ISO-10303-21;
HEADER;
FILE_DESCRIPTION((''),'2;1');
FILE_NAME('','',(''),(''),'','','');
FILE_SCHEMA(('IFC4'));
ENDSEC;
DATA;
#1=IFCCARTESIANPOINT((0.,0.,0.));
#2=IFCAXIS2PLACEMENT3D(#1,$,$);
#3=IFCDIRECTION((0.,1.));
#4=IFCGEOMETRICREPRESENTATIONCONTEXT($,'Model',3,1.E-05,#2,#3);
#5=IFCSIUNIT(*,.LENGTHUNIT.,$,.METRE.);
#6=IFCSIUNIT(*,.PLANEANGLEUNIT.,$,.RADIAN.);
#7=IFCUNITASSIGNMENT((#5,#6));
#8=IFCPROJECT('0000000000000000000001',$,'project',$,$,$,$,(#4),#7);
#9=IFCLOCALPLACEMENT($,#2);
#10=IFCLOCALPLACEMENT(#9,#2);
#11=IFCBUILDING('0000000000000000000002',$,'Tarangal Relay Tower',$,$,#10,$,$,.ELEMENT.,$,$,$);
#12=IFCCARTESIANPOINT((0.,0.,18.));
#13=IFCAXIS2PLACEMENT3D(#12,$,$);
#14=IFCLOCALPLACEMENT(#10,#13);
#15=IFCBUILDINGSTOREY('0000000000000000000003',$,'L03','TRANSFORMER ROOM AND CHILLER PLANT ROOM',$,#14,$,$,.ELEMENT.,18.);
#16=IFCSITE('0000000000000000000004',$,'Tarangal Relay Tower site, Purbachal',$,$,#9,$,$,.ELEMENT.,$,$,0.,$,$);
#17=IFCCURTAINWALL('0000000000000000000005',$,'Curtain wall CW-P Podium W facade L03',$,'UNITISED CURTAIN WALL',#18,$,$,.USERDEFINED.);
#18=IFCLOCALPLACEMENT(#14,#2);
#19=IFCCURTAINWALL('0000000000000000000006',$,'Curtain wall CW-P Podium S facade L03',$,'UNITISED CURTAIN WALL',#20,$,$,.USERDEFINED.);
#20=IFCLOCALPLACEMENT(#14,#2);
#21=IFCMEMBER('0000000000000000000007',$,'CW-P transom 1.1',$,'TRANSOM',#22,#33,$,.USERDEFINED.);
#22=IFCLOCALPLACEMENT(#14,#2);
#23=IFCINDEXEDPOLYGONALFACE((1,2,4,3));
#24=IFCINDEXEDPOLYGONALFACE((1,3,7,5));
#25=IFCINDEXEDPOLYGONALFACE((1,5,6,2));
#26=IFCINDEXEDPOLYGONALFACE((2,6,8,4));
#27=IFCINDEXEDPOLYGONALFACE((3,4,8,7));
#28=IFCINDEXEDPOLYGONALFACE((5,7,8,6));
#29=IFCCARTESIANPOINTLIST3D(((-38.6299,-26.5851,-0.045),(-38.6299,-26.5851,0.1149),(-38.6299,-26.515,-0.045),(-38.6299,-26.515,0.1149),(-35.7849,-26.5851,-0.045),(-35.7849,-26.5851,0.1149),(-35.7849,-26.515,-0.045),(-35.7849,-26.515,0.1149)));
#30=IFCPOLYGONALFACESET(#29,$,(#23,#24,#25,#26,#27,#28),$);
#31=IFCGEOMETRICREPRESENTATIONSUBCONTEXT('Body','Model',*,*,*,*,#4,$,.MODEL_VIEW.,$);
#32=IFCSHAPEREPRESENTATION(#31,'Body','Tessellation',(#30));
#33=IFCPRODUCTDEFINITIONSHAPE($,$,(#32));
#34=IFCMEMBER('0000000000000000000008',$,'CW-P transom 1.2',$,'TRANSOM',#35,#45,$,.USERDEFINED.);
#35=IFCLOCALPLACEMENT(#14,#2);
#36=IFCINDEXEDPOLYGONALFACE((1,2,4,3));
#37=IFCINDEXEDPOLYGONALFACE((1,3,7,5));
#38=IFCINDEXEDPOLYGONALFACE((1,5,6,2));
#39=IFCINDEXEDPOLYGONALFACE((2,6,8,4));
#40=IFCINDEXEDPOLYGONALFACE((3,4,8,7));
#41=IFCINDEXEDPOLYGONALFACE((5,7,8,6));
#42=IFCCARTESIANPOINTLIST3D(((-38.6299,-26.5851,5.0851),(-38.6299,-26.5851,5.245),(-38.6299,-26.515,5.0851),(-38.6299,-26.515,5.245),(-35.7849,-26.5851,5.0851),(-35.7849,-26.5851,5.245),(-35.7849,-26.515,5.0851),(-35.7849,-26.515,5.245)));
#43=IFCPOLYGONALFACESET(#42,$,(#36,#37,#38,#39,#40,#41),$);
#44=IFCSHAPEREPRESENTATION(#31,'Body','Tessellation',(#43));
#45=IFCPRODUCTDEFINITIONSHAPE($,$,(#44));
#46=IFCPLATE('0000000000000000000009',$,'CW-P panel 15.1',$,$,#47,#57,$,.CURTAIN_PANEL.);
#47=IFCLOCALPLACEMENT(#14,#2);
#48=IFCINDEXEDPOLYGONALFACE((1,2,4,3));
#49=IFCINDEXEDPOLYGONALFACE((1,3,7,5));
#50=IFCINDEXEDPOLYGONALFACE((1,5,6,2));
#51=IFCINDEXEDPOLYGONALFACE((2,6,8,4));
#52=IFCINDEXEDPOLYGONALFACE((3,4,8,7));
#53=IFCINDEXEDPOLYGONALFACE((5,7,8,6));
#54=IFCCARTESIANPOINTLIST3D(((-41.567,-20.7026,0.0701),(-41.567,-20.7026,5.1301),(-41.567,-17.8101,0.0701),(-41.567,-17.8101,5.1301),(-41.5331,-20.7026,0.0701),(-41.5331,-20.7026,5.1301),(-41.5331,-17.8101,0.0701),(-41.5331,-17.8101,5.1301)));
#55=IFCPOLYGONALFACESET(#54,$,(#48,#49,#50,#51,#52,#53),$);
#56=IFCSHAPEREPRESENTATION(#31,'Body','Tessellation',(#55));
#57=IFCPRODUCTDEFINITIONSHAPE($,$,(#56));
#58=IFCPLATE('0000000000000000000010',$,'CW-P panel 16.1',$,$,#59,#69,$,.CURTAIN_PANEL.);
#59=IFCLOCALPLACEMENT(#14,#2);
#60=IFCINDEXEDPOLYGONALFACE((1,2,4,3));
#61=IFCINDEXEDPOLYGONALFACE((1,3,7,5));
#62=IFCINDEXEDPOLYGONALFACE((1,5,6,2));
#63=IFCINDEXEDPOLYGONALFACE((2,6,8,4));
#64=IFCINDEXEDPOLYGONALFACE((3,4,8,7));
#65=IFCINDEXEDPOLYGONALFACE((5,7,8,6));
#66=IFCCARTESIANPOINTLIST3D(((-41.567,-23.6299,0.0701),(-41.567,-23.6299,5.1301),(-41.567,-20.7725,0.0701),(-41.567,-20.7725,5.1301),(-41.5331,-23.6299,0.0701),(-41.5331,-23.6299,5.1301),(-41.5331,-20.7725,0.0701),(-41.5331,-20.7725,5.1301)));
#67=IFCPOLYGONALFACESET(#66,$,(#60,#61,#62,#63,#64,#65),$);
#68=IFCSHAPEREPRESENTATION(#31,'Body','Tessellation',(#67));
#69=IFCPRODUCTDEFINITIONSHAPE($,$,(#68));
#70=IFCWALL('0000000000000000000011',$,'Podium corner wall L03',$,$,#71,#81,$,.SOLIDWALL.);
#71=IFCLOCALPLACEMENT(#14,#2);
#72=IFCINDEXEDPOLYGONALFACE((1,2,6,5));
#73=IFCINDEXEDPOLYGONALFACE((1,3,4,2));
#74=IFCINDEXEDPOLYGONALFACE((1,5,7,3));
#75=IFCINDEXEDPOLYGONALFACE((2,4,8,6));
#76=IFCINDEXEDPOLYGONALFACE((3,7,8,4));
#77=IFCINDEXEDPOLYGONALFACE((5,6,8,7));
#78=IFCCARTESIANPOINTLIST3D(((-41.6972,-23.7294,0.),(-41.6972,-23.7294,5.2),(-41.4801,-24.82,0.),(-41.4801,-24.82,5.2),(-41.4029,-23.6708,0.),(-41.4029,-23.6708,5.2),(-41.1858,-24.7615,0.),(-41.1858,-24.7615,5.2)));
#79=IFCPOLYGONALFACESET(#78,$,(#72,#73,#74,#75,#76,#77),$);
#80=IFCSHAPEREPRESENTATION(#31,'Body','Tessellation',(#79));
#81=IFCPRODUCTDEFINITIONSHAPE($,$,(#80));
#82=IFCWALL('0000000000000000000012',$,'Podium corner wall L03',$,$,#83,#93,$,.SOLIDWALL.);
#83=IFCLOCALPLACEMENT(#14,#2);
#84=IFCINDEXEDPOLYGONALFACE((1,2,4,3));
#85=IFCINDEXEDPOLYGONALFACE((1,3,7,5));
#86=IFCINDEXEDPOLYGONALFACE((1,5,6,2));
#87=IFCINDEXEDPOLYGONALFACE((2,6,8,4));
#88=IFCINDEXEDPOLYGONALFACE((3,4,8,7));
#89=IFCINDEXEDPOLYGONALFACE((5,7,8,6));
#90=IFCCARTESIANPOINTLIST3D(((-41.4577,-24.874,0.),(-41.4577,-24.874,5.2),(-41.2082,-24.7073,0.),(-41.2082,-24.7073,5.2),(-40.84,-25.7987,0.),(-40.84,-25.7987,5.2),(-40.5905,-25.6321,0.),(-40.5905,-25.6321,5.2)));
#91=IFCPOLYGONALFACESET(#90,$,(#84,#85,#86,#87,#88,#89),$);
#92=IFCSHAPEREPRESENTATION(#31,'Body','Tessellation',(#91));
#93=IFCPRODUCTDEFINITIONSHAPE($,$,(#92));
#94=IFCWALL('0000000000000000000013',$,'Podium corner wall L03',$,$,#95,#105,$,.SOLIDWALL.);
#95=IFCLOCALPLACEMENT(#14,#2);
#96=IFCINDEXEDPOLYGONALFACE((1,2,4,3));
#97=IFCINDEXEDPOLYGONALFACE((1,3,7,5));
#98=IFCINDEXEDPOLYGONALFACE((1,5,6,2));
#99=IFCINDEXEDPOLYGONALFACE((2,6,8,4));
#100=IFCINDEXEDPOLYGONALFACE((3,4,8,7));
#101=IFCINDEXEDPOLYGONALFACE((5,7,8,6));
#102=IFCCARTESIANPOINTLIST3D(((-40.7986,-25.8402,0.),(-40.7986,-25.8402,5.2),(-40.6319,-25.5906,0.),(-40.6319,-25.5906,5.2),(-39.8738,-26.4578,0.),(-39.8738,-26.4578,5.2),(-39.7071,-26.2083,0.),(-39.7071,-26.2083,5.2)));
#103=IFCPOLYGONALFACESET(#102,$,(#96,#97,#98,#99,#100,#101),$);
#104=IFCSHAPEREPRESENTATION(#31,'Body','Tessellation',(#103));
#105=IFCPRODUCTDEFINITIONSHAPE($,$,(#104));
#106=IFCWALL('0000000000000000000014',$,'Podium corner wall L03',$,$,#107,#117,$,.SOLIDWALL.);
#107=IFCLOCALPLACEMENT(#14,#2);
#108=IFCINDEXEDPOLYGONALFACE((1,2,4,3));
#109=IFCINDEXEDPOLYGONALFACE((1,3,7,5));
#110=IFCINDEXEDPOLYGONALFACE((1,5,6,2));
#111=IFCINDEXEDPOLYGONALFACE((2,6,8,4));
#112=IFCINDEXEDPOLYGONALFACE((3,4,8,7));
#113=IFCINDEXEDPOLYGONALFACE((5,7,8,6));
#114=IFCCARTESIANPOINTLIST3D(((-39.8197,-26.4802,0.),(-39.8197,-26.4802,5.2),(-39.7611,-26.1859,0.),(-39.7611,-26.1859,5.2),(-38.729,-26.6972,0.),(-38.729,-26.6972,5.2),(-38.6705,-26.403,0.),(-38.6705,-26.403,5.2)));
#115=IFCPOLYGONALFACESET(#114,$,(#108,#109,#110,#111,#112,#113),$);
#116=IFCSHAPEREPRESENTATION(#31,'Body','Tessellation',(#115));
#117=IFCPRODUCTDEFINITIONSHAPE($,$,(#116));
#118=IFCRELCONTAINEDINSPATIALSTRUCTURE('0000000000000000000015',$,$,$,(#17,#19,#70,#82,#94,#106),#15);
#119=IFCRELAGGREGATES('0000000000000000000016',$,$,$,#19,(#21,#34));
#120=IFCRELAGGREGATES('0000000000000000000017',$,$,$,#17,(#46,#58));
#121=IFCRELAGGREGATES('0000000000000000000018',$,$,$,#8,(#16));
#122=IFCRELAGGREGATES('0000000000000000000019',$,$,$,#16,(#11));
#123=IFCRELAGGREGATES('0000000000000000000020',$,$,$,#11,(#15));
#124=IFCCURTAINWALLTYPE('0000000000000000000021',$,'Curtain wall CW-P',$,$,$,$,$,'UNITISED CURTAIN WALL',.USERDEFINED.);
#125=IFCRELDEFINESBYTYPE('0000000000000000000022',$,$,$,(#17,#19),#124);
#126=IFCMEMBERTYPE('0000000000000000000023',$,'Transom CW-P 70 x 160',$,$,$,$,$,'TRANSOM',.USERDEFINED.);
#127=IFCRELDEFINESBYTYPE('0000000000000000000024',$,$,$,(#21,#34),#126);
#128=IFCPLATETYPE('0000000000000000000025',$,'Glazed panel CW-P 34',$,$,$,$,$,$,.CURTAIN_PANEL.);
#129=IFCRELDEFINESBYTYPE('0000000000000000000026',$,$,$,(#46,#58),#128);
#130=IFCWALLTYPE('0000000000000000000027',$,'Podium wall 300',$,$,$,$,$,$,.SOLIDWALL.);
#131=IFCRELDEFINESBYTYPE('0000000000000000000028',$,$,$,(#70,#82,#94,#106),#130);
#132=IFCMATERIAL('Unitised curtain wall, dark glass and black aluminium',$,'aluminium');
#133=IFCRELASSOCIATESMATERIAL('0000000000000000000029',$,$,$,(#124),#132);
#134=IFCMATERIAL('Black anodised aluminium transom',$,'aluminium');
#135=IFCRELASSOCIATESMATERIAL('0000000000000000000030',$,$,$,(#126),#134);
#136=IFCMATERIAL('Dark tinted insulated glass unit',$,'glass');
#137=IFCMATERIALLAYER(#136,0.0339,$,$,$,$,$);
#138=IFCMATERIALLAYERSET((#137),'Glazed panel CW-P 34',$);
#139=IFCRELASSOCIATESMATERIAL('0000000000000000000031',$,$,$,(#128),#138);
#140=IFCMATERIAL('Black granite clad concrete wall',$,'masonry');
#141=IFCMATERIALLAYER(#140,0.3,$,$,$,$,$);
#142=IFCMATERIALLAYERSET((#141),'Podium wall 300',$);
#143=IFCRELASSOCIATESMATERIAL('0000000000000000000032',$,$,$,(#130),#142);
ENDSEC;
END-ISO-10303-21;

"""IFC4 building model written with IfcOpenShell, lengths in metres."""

from ifc_helpers import new_model, si_unit, direction, frame, frame_2d, origin, origin_2d, place, context, subcontext, project, spatial, rectangle, extrude, material, layer, layer_set, material_profile, profile_set, type_object, element, aggregate, save


model = new_model("IFC4")

# Units and contexts
model_context = context("Model", 3, precision=1e-05, world=origin(), true_north=direction((0.0, 1.0)))
body_context = subcontext(model_context, "Body", "Model", "MODEL_VIEW")
ifc_project = project(units=[si_unit("LENGTHUNIT", "METRE"), si_unit("PLANEANGLEUNIT", "RADIAN")], contexts=[model_context])

# Site, building, storey
site_placement = place(None, origin())
site = spatial("IfcSite", under=ifc_project, at=site_placement, Name="Tarangal Relay Tower site, Purbachal", CompositionType="ELEMENT", RefElevation=0.0)
building_placement = place(site_placement, origin())
building = spatial("IfcBuilding", under=site, at=building_placement, Name="Tarangal Relay Tower", CompositionType="ELEMENT")
storey_placement = place(building_placement, frame((0.0, 0.0, 18.0)))
storey = spatial("IfcBuildingStorey", under=building, at=storey_placement, Name="L03", Description="TRANSFORMER ROOM AND CHILLER PLANT ROOM", CompositionType="ELEMENT", Elevation=18.0)

# Curtain wall
ifc_material_1 = material(Name="Unitised curtain wall, dark glass and black aluminium", Category="aluminium")
curtain_wall_type = type_object("IfcCurtainWallType", Name="Curtain wall CW-P", ElementType="UNITISED CURTAIN WALL", PredefinedType="USERDEFINED", material=ifc_material_1)
curtain_wall_1_placement = place(storey_placement, origin())
curtain_wall_1 = element("IfcCurtainWall", 1, at=curtain_wall_1_placement, inside=storey, type_object=curtain_wall_type, Name="Curtain wall CW-P Podium W facade L03", ObjectType="UNITISED CURTAIN WALL", PredefinedType="USERDEFINED")

# Curtain wall
curtain_wall_2_placement = place(storey_placement, origin())
curtain_wall_2 = element("IfcCurtainWall", 2, at=curtain_wall_2_placement, inside=storey, type_object=curtain_wall_type, Name="Curtain wall CW-P Podium S facade L03", ObjectType="UNITISED CURTAIN WALL", PredefinedType="USERDEFINED")

# Members
ifc_material_2 = material(Name="Black anodised aluminium transom", Category="aluminium")
ifc_material_profile_1 = material_profile(ifc_material_2, rectangle(XDim=0.0701, YDim=0.1599, at=origin_2d()), Name="CW-PT 70X160")
ifc_profile_set_1 = profile_set([ifc_material_profile_1], Name="Black anodised aluminium transom")
member_type_1 = type_object("IfcMemberType", Name="Transom CW-P 70 x 160", ElementType="TRANSOM", PredefinedType="USERDEFINED", material=ifc_profile_set_1)
member_1_placement = place(storey_placement, frame((-38.6299, -26.55, 0.0349), z_axis=(1.0, 0.0, 0.0), x_axis=(0.0, 1.0, 0.0)))
member_1 = element("IfcMember", 3, at=member_1_placement, type_object=member_type_1, Name="CW-P transom 1.1", ObjectType="TRANSOM", PredefinedType="USERDEFINED", context=body_context, shape_type="SweptSolid", body=[
    extrude(rectangle(XDim=0.0701, YDim=0.1599, at=origin_2d()), origin(), (0.0, 0.0, 1.0), 2.845),
])
member_2_placement = place(storey_placement, frame((-38.6299, -26.55, 5.165), z_axis=(1.0, 0.0, 0.0), x_axis=(0.0, 1.0, 0.0)))
member_2 = element("IfcMember", 4, at=member_2_placement, type_object=member_type_1, Name="CW-P transom 1.2", ObjectType="TRANSOM", PredefinedType="USERDEFINED", context=body_context, shape_type="SweptSolid", body=[
    extrude(rectangle(XDim=0.0701, YDim=0.1599, at=origin_2d()), origin(), (0.0, 0.0, 1.0), 2.845),
])
aggregate(curtain_wall_2, [member_1, member_2])

# Plates
ifc_material_3 = material(Name="Dark tinted insulated glass unit", Category="glass")
ifc_layer_1 = layer(ifc_material_3, 0.0339)
ifc_layer_set_1 = layer_set([ifc_layer_1], Name="Glazed panel CW-P 34")
plate_type = type_object("IfcPlateType", Name="Glazed panel CW-P 34", PredefinedType="CURTAIN_PANEL", material=ifc_layer_set_1)
plate_1_placement = place(storey_placement, frame((-41.55, -19.2563, 0.0701), z_axis=(0.0, 0.0, 1.0), x_axis=(0.0, -1.0, 0.0)))
plate_1 = element("IfcPlate", 5, at=plate_1_placement, type_object=plate_type, Name="CW-P panel 15.1", PredefinedType="CURTAIN_PANEL", context=body_context, shape_type="SweptSolid", body=[
    extrude(rectangle(XDim=2.8926, YDim=0.0339, at=origin_2d()), origin(), (0.0, 0.0, 1.0), 5.0601),
])
plate_2_placement = place(storey_placement, frame((-41.55, -22.2012, 0.0701), z_axis=(0.0, 0.0, 1.0), x_axis=(0.0, -1.0, 0.0)))
plate_2 = element("IfcPlate", 6, at=plate_2_placement, type_object=plate_type, Name="CW-P panel 16.1", PredefinedType="CURTAIN_PANEL", context=body_context, shape_type="SweptSolid", body=[
    extrude(rectangle(XDim=2.8574, YDim=0.0339, at=origin_2d()), origin(), (0.0, 0.0, 1.0), 5.0601),
])
aggregate(curtain_wall_1, [plate_1, plate_2])

# Walls
ifc_material_4 = material(Name="Black granite clad concrete wall", Category="masonry")
ifc_layer_2 = layer(ifc_material_4, 0.3)
ifc_layer_set_2 = layer_set([ifc_layer_2], Name="Podium wall 300")
wall_type = type_object("IfcWallType", Name="Podium wall 300", PredefinedType="SOLIDWALL", material=ifc_layer_set_2)
for number, where, z_axis, x_axis, name in (
    (7, (-41.55, -23.7, 0.0), (0.0, 0.0, 1.0), (0.195187, -0.980766, 0.0), "Podium corner wall L03"),
    (8, (-41.333, -24.7905, 0.0), (0.0, 0.0, 1.0), (0.555409, -0.831577, 0.0), "Podium corner wall L03"),
    (9, (-40.7153, -25.7153, 0.0), (0.0, 0.0, 1.0), (0.831577, -0.555409, 0.0), "Podium corner wall L03"),
    (10, (-39.7905, -26.333, 0.0), (0.0, 0.0, 1.0), (0.980766, -0.195187, 0.0), "Podium corner wall L03"),
):
    element("IfcWall", number, at=place(storey_placement, frame(where, z_axis=z_axis, x_axis=x_axis)), inside=storey, type_object=wall_type, Name=name, PredefinedType="SOLIDWALL", context=body_context, shape_type="SweptSolid", body=[
        extrude(rectangle(XDim=1.1121, YDim=0.3, at=frame_2d((0.5562, 0.0))), origin(), (0.0, 0.0, 1.0), 5.2),
    ])

save(model, "model.ifc")
